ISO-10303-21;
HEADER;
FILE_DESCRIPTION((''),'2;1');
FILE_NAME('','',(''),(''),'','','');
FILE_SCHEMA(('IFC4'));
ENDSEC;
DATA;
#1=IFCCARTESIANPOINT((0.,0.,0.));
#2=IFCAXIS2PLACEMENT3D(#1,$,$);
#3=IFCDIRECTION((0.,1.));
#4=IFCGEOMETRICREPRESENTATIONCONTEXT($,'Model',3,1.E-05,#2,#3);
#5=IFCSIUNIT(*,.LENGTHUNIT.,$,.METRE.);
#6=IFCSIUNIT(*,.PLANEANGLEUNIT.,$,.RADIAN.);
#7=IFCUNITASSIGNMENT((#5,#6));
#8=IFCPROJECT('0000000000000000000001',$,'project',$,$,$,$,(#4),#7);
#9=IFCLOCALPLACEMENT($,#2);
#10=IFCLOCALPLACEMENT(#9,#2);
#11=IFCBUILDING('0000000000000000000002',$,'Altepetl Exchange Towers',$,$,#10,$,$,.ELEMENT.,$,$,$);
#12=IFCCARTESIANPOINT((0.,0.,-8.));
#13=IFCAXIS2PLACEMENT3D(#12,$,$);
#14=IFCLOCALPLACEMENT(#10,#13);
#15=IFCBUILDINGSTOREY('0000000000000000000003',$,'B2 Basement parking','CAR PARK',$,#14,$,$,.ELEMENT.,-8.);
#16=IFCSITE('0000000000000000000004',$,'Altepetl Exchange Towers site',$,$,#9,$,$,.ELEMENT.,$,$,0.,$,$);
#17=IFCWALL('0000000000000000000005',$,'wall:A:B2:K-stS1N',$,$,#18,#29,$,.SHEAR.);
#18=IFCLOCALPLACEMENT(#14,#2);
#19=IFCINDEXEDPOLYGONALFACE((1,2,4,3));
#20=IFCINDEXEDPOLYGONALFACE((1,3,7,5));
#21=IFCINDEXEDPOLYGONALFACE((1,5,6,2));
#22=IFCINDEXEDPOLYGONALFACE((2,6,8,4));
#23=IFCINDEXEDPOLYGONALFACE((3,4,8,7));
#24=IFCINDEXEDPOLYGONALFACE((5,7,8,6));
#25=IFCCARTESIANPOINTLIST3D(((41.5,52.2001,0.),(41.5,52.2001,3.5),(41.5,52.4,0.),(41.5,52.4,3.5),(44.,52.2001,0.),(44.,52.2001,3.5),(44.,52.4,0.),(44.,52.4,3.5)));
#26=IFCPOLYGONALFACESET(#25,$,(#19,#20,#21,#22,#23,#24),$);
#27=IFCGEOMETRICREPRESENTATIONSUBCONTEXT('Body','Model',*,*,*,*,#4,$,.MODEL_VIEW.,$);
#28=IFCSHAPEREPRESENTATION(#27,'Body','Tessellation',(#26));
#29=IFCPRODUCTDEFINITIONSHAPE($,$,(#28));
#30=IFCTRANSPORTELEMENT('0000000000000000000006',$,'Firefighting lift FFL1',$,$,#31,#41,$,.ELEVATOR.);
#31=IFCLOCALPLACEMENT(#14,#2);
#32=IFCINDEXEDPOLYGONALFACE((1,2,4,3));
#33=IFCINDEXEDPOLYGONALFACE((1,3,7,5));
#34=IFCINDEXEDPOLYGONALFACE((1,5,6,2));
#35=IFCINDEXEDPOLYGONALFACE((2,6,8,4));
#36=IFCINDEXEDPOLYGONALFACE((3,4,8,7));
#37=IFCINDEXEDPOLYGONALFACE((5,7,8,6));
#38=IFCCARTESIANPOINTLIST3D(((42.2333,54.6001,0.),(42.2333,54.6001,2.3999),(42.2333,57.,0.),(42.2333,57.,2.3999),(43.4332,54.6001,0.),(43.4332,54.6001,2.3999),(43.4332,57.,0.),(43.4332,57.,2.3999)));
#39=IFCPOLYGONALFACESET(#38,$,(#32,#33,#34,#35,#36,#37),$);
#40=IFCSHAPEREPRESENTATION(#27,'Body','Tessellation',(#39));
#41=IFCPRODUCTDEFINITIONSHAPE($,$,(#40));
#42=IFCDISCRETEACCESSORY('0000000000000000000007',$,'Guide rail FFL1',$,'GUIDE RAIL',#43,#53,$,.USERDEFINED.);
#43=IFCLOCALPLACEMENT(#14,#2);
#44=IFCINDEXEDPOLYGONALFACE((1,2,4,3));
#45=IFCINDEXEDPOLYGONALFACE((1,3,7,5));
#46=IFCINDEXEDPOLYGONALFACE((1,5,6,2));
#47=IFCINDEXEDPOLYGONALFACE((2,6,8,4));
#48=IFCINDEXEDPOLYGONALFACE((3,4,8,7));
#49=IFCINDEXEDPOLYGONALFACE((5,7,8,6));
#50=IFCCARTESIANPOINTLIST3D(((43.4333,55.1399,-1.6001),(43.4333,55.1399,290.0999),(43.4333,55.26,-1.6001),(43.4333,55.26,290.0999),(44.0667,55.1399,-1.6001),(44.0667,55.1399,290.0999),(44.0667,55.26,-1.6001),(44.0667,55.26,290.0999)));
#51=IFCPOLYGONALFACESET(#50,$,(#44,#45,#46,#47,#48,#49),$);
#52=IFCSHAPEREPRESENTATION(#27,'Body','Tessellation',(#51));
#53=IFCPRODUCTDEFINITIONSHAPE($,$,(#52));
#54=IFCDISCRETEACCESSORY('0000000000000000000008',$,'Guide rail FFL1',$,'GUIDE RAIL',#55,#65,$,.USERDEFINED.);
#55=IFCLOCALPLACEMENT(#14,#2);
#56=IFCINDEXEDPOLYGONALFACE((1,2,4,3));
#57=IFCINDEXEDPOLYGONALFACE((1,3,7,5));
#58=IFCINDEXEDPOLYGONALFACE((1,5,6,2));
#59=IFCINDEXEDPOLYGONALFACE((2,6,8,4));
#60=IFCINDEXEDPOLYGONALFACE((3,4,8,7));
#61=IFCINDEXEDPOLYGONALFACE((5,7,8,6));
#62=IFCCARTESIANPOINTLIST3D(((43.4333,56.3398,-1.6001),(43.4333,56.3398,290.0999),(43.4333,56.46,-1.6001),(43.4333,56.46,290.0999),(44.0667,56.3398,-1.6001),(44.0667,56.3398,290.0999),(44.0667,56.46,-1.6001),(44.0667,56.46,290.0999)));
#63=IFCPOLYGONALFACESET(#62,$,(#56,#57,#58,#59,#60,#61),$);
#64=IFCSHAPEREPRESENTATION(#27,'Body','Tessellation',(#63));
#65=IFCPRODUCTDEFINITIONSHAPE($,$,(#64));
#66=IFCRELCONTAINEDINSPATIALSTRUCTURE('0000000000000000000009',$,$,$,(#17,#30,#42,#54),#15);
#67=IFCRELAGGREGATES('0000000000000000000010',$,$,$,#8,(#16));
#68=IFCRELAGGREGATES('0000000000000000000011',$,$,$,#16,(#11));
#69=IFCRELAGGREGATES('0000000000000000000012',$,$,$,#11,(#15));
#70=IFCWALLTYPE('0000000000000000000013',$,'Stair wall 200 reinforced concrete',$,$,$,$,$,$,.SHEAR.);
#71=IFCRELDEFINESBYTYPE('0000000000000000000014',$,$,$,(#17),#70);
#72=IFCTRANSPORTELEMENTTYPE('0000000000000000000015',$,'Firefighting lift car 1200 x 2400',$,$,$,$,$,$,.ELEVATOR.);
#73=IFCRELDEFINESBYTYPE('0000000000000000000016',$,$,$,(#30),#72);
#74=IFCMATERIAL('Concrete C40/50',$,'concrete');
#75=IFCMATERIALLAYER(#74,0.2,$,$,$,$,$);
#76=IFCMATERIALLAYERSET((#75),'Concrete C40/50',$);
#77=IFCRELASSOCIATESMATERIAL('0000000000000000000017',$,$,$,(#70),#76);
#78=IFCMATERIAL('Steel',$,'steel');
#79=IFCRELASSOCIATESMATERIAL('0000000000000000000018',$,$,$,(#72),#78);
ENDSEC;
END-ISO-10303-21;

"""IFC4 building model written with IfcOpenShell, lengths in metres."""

from ifc_helpers import new_model, si_unit, direction, frame, frame_2d, origin, origin_2d, place, context, subcontext, project, spatial, rectangle, extrude, material, layer, layer_set, type_object, element, save


model = new_model("IFC4")

# Units and contexts
model_context = context("Model", 3, precision=1e-05, world=origin(), true_north=direction((0.0, 1.0)))
body_context = subcontext(model_context, "Body", "Model", "MODEL_VIEW")
ifc_project = project(units=[si_unit("LENGTHUNIT", "METRE"), si_unit("PLANEANGLEUNIT", "RADIAN")], contexts=[model_context])

# Site, building, storey
site_placement = place(None, origin())
site = spatial("IfcSite", under=ifc_project, at=site_placement, Name="Altepetl Exchange Towers site", CompositionType="ELEMENT", RefElevation=0.0)
building_placement = place(site_placement, origin())
building = spatial("IfcBuilding", under=site, at=building_placement, Name="Altepetl Exchange Towers", CompositionType="ELEMENT")
storey_placement = place(building_placement, frame((0.0, 0.0, -8.0)))
storey = spatial("IfcBuildingStorey", under=building, at=storey_placement, Name="B2 Basement parking", Description="CAR PARK", CompositionType="ELEMENT", Elevation=-8.0)

# Shared definitions
ifc_material_1 = material(Name="Concrete C40/50", Category="concrete")

# Wall
ifc_layer_1 = layer(ifc_material_1, 0.2)
ifc_layer_set_1 = layer_set([ifc_layer_1], Name="Concrete C40/50")
wall_type_1 = type_object("IfcWallType", Name="Stair wall 200 reinforced concrete", PredefinedType="SHEAR", material=ifc_layer_set_1)
wall_1_placement = place(storey_placement, frame((41.5, 52.3, 0.0)))
element("IfcWall", 1, at=wall_1_placement, inside=storey, type_object=wall_type_1, Name="wall:A:B2:K-stS1N", PredefinedType="SHEAR", context=body_context, shape_type="SweptSolid", body=[
    extrude(rectangle(XDim=2.5, YDim=0.2, at=frame_2d((1.25, 0.0))), origin(), (0.0, 0.0, 1.0), 3.5),
])

# Transport element
ifc_material_2 = material(Name="Steel", Category="steel")
transport_element_type = type_object("IfcTransportElementType", Name="Firefighting lift car 1200 x 2400", PredefinedType="ELEVATOR", material=ifc_material_2)
transport_element_placement = place(storey_placement, frame((42.8333, 55.8, 0.0)))
element("IfcTransportElement", 2, at=transport_element_placement, inside=storey, type_object=transport_element_type, Name="Firefighting lift FFL1", PredefinedType="ELEVATOR", context=body_context, shape_type="SweptSolid", body=[
    extrude(rectangle(XDim=1.2, YDim=2.3999, at=origin_2d()), origin(), (0.0, 0.0, 1.0), 2.3999),
])

# Discrete accessories
for number, where, name in (
    (3, (43.75, 55.2, -1.6001), "Guide rail FFL1"),
    (4, (43.75, 56.3999, -1.6001), "Guide rail FFL1"),
):
    element("IfcDiscreteAccessory", number, at=place(storey_placement, frame(where)), inside=storey, Name=name, ObjectType="GUIDE RAIL", PredefinedType="USERDEFINED", context=body_context, shape_type="SweptSolid", body=[
        extrude(rectangle(XDim=0.6333, YDim=0.1201, at=origin_2d()), origin(), (0.0, 0.0, 1.0), 291.7),
    ])

save(model, "model.ifc")
